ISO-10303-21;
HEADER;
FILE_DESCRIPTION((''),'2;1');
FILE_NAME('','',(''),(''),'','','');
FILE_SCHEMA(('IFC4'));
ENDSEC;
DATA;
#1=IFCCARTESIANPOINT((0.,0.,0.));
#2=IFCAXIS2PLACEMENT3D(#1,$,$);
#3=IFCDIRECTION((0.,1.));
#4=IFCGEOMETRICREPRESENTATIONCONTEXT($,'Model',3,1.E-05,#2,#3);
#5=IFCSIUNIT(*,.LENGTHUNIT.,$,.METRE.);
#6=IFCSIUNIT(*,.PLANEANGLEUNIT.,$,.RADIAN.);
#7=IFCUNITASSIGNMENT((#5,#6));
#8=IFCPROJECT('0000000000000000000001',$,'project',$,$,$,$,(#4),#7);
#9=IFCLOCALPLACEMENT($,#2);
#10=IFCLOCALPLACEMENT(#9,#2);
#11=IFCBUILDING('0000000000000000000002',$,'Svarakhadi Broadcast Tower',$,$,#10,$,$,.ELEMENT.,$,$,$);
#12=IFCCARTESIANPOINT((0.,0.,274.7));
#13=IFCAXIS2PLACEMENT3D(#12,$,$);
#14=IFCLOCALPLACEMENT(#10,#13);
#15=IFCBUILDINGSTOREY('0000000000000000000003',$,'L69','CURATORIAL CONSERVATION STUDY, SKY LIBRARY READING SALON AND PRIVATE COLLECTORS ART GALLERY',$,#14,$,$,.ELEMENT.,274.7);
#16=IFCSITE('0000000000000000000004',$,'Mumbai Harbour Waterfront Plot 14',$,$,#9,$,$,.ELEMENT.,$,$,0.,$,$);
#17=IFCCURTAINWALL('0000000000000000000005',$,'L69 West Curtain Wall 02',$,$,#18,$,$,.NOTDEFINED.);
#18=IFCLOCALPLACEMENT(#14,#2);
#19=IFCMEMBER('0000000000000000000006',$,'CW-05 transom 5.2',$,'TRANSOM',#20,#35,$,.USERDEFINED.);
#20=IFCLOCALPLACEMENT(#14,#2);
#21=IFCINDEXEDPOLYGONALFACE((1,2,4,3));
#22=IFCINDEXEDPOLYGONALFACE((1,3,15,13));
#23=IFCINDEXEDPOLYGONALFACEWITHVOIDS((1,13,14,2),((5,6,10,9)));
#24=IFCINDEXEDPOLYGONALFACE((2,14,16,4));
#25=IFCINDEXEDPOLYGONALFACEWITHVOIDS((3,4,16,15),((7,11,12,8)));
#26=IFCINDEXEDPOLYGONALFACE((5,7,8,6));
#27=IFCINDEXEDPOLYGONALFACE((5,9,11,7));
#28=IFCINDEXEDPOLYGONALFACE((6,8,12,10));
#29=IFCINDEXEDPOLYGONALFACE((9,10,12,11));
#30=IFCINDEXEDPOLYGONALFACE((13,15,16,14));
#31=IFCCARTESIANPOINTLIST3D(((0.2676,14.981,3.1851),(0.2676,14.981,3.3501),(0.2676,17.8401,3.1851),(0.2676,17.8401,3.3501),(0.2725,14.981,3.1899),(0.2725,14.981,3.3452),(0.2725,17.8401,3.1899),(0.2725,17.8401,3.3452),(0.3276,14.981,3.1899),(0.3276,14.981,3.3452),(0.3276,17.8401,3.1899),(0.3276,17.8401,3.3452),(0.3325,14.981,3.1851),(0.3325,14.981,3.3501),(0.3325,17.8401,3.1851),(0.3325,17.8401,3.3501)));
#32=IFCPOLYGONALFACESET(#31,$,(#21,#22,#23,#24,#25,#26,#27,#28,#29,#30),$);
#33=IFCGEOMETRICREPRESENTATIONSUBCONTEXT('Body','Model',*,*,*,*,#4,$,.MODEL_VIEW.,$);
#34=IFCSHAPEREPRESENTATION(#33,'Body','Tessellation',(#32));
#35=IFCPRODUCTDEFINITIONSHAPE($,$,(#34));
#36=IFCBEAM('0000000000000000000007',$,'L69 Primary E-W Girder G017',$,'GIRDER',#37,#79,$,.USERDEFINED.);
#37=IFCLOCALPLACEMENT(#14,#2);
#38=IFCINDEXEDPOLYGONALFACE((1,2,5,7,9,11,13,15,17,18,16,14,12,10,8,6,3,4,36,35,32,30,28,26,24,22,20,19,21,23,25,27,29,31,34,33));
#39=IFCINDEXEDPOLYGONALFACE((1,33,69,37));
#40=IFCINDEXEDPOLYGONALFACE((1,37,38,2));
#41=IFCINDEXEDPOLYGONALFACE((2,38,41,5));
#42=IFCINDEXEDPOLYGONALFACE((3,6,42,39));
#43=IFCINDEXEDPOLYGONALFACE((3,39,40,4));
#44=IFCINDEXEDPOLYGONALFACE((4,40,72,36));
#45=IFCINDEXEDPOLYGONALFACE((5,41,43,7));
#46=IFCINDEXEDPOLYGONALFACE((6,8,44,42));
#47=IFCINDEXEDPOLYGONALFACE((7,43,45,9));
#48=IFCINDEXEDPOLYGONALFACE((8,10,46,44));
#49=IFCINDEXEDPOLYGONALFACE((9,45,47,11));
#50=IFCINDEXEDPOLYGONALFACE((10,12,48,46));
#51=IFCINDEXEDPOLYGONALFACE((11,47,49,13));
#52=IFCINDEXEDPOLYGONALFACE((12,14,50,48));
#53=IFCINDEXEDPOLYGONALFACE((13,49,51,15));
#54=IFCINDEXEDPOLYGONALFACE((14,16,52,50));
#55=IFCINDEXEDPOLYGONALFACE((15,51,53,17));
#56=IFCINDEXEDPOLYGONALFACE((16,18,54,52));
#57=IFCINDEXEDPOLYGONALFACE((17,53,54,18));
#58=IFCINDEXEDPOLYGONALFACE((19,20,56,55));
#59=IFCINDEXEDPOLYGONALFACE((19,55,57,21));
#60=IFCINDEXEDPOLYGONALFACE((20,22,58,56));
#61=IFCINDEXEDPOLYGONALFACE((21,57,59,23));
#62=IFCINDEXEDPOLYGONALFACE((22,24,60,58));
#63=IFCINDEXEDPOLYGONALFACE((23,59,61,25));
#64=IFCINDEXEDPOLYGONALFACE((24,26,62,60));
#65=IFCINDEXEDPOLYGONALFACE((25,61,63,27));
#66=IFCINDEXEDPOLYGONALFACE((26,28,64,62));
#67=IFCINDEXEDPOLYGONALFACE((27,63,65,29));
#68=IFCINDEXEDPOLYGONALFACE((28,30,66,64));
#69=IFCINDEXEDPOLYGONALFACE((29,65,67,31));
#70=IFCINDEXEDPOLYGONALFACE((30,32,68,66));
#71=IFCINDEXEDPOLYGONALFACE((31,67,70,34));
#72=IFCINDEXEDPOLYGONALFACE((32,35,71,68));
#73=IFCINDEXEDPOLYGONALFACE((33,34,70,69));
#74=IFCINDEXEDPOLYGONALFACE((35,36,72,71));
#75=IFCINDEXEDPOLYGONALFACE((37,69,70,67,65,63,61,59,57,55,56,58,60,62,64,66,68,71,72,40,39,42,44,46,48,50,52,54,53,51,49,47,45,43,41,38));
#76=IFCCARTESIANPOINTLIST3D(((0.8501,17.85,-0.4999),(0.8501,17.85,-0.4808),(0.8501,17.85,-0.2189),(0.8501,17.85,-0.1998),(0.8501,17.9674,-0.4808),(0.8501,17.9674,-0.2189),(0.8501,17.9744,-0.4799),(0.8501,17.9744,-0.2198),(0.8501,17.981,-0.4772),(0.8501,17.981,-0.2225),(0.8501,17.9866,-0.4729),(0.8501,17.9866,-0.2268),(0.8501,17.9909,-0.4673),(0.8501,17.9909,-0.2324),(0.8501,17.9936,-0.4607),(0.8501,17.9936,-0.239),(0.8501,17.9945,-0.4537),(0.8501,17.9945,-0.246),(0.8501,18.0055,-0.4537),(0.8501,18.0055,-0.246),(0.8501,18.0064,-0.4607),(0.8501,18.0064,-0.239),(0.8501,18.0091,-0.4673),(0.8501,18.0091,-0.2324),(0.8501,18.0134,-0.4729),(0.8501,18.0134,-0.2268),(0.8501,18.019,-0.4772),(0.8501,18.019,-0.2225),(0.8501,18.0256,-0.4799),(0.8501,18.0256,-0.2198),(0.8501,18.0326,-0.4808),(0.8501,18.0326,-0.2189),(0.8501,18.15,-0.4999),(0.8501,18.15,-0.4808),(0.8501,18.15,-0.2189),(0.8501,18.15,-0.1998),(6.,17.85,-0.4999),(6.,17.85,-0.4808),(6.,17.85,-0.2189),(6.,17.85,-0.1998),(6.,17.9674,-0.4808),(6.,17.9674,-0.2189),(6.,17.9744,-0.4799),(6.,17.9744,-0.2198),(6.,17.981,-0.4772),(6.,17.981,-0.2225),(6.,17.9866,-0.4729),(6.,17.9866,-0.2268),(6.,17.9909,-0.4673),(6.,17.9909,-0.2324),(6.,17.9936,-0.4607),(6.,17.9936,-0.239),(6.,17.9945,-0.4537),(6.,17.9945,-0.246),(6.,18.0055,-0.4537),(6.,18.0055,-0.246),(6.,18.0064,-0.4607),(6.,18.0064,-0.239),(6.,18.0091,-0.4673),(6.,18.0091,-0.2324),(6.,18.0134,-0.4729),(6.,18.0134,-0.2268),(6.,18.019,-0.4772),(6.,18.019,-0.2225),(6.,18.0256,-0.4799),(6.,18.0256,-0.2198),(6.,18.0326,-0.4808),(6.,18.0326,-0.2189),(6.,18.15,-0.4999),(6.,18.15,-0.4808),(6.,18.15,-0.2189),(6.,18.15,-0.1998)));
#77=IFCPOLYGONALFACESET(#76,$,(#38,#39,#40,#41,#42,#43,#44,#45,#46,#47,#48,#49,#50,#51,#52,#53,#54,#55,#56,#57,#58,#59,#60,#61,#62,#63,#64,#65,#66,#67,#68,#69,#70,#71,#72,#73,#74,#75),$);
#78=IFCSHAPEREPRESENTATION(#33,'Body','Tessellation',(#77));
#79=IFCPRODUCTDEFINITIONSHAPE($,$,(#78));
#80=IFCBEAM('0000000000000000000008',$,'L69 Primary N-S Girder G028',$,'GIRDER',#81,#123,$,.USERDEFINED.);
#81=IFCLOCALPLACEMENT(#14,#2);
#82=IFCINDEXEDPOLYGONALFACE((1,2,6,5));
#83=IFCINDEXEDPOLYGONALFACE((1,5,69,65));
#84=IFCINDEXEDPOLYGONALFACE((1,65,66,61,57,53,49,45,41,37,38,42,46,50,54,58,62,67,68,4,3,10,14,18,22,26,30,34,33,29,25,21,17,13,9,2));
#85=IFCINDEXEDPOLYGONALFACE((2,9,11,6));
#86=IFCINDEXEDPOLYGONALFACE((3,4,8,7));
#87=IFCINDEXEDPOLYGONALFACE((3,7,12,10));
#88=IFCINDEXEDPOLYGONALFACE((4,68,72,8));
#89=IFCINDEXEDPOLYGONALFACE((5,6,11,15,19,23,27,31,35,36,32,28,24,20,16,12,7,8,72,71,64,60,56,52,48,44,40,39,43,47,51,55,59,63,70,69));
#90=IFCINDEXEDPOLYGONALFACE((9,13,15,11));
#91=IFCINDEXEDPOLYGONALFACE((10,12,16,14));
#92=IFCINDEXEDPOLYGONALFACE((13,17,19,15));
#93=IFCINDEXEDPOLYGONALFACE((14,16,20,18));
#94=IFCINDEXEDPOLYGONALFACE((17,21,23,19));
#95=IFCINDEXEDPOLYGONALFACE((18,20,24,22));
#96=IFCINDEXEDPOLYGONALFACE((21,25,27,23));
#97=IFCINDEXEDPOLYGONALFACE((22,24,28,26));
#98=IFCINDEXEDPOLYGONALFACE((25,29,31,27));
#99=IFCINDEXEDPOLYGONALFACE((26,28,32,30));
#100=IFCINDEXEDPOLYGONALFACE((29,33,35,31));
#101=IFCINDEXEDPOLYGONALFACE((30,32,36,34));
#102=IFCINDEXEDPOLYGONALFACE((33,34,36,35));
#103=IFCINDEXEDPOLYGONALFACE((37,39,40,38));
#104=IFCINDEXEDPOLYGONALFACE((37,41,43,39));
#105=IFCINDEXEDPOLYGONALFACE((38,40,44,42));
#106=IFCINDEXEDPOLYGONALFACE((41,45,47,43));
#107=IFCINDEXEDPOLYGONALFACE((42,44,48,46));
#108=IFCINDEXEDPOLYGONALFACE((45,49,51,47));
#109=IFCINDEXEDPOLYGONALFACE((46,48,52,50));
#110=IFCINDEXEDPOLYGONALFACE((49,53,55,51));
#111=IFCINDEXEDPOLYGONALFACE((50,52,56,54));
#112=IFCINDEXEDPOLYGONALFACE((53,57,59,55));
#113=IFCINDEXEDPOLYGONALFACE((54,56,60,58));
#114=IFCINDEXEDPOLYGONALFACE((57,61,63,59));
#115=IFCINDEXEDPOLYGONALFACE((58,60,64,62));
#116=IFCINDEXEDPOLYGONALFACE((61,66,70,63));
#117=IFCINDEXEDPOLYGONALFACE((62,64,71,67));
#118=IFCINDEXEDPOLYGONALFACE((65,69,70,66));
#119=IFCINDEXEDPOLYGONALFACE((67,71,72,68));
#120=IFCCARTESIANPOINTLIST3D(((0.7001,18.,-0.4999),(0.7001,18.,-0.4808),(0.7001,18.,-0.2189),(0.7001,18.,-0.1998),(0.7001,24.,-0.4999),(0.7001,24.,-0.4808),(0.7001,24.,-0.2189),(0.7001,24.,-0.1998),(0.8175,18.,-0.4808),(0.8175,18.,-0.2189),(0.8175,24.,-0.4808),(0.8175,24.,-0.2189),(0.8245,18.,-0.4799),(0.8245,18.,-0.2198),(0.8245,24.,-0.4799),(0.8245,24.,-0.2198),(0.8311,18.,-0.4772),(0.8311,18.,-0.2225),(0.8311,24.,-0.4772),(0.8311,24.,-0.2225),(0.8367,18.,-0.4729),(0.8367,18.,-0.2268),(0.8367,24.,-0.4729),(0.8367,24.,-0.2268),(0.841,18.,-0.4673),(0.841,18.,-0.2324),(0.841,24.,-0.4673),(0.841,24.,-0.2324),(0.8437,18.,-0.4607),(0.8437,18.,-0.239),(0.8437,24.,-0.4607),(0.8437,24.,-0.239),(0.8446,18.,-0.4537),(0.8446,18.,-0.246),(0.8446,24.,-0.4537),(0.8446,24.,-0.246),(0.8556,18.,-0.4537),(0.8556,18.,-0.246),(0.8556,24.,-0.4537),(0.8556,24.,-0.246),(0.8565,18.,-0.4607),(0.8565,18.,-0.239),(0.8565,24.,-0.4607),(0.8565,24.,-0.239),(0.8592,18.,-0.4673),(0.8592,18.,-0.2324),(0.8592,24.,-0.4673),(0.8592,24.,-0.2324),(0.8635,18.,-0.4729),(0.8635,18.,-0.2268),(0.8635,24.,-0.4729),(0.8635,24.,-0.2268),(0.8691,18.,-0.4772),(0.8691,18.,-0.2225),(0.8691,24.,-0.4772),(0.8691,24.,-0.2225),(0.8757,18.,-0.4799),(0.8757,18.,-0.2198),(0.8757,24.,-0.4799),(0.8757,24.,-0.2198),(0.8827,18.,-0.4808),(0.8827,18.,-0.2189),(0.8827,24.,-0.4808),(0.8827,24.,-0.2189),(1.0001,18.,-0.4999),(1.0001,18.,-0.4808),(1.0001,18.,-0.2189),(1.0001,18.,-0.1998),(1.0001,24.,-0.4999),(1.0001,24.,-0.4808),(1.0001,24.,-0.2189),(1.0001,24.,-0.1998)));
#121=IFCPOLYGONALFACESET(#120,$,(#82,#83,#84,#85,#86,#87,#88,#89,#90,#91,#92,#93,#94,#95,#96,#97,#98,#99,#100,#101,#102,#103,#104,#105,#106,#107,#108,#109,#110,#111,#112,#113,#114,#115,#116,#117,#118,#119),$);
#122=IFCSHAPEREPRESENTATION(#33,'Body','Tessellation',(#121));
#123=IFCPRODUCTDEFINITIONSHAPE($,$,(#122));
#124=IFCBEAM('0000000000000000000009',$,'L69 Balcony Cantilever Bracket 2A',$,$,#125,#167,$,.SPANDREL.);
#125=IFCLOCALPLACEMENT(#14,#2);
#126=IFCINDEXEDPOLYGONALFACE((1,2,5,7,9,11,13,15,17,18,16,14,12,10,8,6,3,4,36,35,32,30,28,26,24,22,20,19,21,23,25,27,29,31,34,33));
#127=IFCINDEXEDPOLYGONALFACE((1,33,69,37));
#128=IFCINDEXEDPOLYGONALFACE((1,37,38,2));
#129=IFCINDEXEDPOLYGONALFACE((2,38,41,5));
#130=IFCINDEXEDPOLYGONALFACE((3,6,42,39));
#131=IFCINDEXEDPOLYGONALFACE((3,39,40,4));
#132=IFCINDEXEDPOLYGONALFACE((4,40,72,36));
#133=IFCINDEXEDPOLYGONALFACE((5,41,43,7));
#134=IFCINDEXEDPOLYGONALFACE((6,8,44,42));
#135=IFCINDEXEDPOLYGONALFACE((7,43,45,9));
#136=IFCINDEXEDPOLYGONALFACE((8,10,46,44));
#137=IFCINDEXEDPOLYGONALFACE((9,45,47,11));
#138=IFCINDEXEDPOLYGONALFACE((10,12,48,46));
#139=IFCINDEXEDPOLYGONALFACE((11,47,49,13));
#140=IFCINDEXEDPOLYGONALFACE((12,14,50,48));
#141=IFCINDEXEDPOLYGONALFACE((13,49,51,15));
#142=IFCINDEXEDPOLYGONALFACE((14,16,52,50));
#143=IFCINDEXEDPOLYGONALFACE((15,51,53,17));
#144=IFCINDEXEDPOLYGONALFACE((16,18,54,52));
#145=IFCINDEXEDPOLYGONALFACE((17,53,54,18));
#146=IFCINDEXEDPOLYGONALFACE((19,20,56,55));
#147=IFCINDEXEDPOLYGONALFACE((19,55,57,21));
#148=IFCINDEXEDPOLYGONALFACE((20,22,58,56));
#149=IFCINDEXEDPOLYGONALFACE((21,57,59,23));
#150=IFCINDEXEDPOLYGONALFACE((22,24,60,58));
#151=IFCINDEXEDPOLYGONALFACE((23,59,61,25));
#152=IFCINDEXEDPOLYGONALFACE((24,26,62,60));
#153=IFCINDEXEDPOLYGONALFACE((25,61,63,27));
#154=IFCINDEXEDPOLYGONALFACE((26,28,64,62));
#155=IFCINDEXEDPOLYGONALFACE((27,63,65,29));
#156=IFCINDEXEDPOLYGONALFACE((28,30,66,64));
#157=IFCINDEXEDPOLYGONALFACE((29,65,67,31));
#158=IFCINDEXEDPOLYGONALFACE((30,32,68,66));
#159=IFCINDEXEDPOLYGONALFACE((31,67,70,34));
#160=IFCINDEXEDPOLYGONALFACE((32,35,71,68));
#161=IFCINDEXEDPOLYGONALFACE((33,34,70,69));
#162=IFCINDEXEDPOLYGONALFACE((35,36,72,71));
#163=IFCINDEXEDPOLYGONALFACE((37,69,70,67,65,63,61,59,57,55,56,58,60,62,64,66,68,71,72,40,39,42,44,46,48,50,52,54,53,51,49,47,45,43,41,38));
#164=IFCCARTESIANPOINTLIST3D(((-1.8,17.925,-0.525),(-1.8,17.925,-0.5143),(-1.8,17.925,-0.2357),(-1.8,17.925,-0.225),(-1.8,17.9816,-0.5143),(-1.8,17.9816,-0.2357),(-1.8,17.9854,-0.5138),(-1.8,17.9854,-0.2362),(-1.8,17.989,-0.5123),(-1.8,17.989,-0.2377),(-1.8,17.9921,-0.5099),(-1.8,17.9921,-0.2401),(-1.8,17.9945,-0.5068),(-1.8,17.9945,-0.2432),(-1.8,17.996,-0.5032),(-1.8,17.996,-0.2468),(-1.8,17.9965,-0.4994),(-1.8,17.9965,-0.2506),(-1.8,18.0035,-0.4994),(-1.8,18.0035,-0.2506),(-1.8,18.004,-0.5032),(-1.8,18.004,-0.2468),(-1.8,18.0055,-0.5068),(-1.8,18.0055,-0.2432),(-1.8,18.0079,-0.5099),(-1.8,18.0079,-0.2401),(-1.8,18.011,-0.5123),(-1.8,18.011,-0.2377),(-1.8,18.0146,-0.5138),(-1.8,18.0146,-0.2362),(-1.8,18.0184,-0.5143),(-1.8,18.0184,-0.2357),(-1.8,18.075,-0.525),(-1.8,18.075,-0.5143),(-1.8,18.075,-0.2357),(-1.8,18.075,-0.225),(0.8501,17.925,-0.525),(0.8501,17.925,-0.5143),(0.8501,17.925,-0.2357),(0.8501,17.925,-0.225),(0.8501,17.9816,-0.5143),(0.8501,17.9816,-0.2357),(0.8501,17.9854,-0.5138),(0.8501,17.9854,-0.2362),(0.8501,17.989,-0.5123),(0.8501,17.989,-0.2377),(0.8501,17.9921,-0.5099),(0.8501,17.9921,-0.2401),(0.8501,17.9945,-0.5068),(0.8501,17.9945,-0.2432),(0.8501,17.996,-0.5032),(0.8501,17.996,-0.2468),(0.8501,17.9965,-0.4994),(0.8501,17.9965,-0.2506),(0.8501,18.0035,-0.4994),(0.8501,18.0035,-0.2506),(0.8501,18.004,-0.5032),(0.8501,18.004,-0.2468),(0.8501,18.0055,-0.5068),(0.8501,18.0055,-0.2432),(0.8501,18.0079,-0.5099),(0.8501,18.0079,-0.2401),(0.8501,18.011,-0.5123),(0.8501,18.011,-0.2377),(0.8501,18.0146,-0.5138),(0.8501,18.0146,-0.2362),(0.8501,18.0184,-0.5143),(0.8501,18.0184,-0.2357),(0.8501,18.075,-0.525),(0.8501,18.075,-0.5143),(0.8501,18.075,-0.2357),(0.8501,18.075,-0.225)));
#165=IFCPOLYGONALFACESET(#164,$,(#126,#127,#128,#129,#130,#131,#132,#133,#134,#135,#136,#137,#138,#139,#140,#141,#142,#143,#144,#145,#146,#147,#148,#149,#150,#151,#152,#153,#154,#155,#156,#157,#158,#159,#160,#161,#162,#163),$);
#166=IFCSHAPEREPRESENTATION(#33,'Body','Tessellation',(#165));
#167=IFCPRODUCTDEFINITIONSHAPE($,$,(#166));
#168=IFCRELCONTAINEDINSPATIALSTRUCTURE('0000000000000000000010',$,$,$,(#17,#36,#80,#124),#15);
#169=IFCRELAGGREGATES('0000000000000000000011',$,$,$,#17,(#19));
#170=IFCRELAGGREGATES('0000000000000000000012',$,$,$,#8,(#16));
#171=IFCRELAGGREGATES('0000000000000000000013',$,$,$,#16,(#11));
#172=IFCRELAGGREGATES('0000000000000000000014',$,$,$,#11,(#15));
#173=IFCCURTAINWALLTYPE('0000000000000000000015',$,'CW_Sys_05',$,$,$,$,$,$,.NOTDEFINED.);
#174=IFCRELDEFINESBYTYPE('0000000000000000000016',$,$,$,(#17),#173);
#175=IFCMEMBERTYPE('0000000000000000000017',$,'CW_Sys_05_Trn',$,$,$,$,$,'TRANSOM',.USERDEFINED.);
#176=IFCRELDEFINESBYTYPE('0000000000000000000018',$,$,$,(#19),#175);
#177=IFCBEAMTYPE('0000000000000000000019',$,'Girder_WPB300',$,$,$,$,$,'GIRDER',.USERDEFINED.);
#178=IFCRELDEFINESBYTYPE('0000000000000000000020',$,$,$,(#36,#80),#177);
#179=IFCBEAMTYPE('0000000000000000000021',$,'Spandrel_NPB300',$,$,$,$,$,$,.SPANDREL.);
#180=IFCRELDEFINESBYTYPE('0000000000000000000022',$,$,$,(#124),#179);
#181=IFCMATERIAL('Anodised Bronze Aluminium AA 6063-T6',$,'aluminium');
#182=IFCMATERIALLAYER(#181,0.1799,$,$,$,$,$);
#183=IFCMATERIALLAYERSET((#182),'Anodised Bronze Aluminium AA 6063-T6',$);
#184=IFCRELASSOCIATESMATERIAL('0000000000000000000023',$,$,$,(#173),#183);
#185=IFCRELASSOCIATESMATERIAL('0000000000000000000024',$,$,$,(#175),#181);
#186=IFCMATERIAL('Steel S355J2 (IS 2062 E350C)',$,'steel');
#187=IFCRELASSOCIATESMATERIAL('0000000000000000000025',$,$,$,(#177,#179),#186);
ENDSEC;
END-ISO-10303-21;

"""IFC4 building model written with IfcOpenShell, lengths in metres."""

from ifc_helpers import new_model, si_unit, direction, frame, origin, origin_2d, place, context, subcontext, project, spatial, hollow_rectangle, i_section, extrude, material, layer, layer_set, material_profile, profile_set, type_object, element, aggregate, save


model = new_model("IFC4")

# Units and contexts
model_context = context("Model", 3, precision=1e-05, world=origin(), true_north=direction((0.0, 1.0)))
body_context = subcontext(model_context, "Body", "Model", "MODEL_VIEW")
ifc_project = project(units=[si_unit("LENGTHUNIT", "METRE"), si_unit("PLANEANGLEUNIT", "RADIAN")], contexts=[model_context])

# Site, building, storey
site_placement = place(None, origin())
site = spatial("IfcSite", under=ifc_project, at=site_placement, Name="Mumbai Harbour Waterfront Plot 14", CompositionType="ELEMENT", RefElevation=0.0)
building_placement = place(site_placement, origin())
building = spatial("IfcBuilding", under=site, at=building_placement, Name="Svarakhadi Broadcast Tower", CompositionType="ELEMENT")
storey_placement = place(building_placement, frame((0.0, 0.0, 274.7)))
storey = spatial("IfcBuildingStorey", under=building, at=storey_placement, Name="L69", Description="CURATORIAL CONSERVATION STUDY, SKY LIBRARY READING SALON AND PRIVATE COLLECTORS ART GALLERY", CompositionType="ELEMENT", Elevation=274.7)

# Shared definitions
ifc_material_1 = material(Name="Steel S355J2 (IS 2062 E350C)", Category="steel")

# Curtain wall, member
ifc_material_2 = material(Name="Anodised Bronze Aluminium AA 6063-T6", Category="aluminium")
ifc_layer_1 = layer(ifc_material_2, 0.1799)
ifc_layer_set_1 = layer_set([ifc_layer_1], Name="Anodised Bronze Aluminium AA 6063-T6")
curtain_wall_type = type_object("IfcCurtainWallType", Name="CW_Sys_05", PredefinedType="NOTDEFINED", material=ifc_layer_set_1)
curtain_wall_placement = place(storey_placement, origin())
curtain_wall = element("IfcCurtainWall", 1, at=curtain_wall_placement, inside=storey, type_object=curtain_wall_type, Name="L69 West Curtain Wall 02", PredefinedType="NOTDEFINED")
ifc_material_profile_1 = material_profile(ifc_material_2, hollow_rectangle(XDim=0.0649, YDim=0.165, WallThickness=0.0049, at=origin_2d()), Name="ALU TRANSOM 165x65x5")
ifc_profile_set_1 = profile_set([ifc_material_profile_1], Name="Anodised Bronze Aluminium AA 6063-T6")
member_type_1 = type_object("IfcMemberType", Name="CW_Sys_05_Trn", ElementType="TRANSOM", PredefinedType="USERDEFINED", material=ifc_profile_set_1)
member_1_placement = place(storey_placement, frame((0.3, 14.981, 3.2676), z_axis=(0.0, 1.0, 0.0), x_axis=(-1.0, 0.0, 0.0)))
member_1 = element("IfcMember", 2, at=member_1_placement, type_object=member_type_1, Name="CW-05 transom 5.2", ObjectType="TRANSOM", PredefinedType="USERDEFINED", context=body_context, shape_type="SweptSolid", body=[
    extrude(hollow_rectangle(XDim=0.0649, YDim=0.165, WallThickness=0.0049, at=origin_2d()), origin(), (0.0, 0.0, 1.0), 2.8591),
])

# Beams
ifc_material_profile_2 = material_profile(ifc_material_1, i_section(OverallWidth=0.3, OverallDepth=0.3, WebThickness=0.011, FlangeThickness=0.019, FilletRadius=0.0271, at=origin_2d()), Name="WPB 300x300x117")
ifc_profile_set_2 = profile_set([ifc_material_profile_2], Name="Steel S355J2 (IS 2062 E350C)")
beam_type_1 = type_object("IfcBeamType", Name="Girder_WPB300", ElementType="GIRDER", PredefinedType="USERDEFINED", material=ifc_profile_set_2)
beam_1_placement = place(storey_placement, frame((0.8501, 18.0, -0.3499), z_axis=(1.0, 0.0, 0.0), x_axis=(0.0, 1.0, 0.0)))
element("IfcBeam", 3, at=beam_1_placement, inside=storey, type_object=beam_type_1, Name="L69 Primary E-W Girder G017", ObjectType="GIRDER", PredefinedType="USERDEFINED", context=body_context, shape_type="SweptSolid", body=[
    extrude(i_section(OverallWidth=0.3, OverallDepth=0.3, WebThickness=0.011, FlangeThickness=0.019, FilletRadius=0.0271, at=origin_2d()), origin(), (0.0, 0.0, 1.0), 5.1499),
])
beam_2_placement = place(storey_placement, frame((0.8501, 18.0, -0.3499), z_axis=(0.0, 1.0, 0.0), x_axis=(-1.0, 0.0, 0.0)))
element("IfcBeam", 4, at=beam_2_placement, inside=storey, type_object=beam_type_1, Name="L69 Primary N-S Girder G028", ObjectType="GIRDER", PredefinedType="USERDEFINED", context=body_context, shape_type="SweptSolid", body=[
    extrude(i_section(OverallWidth=0.3, OverallDepth=0.3, WebThickness=0.011, FlangeThickness=0.019, FilletRadius=0.0271, at=origin_2d()), origin(), (0.0, 0.0, 1.0), 6.0),
])
ifc_material_profile_3 = material_profile(ifc_material_1, i_section(OverallWidth=0.1499, OverallDepth=0.3, WebThickness=0.0071, FlangeThickness=0.0107, FilletRadius=0.0149, at=origin_2d()), Name="NPB 300x150x37")
ifc_profile_set_3 = profile_set([ifc_material_profile_3], Name="Steel S355J2 (IS 2062 E350C)")
beam_type_2 = type_object("IfcBeamType", Name="Spandrel_NPB300", PredefinedType="SPANDREL", material=ifc_profile_set_3)
for number, where, z_axis, x_axis, name in (
    (5, (0.8501, 18.0, -0.375), (-1.0, 0.0, 0.0), (0.0, -1.0, 0.0), "L69 Balcony Cantilever Bracket 2A"),
):
    element("IfcBeam", number, at=place(storey_placement, frame(where, z_axis=z_axis, x_axis=x_axis)), inside=storey, type_object=beam_type_2, Name=name, PredefinedType="SPANDREL", context=body_context, shape_type="SweptSolid", body=[
        extrude(i_section(OverallWidth=0.1499, OverallDepth=0.3, WebThickness=0.0071, FlangeThickness=0.0107, FilletRadius=0.0149, at=origin_2d()), origin(), (0.0, 0.0, 1.0), 2.6501),
    ])

aggregate(curtain_wall, [member_1])

save(model, "model.ifc")
